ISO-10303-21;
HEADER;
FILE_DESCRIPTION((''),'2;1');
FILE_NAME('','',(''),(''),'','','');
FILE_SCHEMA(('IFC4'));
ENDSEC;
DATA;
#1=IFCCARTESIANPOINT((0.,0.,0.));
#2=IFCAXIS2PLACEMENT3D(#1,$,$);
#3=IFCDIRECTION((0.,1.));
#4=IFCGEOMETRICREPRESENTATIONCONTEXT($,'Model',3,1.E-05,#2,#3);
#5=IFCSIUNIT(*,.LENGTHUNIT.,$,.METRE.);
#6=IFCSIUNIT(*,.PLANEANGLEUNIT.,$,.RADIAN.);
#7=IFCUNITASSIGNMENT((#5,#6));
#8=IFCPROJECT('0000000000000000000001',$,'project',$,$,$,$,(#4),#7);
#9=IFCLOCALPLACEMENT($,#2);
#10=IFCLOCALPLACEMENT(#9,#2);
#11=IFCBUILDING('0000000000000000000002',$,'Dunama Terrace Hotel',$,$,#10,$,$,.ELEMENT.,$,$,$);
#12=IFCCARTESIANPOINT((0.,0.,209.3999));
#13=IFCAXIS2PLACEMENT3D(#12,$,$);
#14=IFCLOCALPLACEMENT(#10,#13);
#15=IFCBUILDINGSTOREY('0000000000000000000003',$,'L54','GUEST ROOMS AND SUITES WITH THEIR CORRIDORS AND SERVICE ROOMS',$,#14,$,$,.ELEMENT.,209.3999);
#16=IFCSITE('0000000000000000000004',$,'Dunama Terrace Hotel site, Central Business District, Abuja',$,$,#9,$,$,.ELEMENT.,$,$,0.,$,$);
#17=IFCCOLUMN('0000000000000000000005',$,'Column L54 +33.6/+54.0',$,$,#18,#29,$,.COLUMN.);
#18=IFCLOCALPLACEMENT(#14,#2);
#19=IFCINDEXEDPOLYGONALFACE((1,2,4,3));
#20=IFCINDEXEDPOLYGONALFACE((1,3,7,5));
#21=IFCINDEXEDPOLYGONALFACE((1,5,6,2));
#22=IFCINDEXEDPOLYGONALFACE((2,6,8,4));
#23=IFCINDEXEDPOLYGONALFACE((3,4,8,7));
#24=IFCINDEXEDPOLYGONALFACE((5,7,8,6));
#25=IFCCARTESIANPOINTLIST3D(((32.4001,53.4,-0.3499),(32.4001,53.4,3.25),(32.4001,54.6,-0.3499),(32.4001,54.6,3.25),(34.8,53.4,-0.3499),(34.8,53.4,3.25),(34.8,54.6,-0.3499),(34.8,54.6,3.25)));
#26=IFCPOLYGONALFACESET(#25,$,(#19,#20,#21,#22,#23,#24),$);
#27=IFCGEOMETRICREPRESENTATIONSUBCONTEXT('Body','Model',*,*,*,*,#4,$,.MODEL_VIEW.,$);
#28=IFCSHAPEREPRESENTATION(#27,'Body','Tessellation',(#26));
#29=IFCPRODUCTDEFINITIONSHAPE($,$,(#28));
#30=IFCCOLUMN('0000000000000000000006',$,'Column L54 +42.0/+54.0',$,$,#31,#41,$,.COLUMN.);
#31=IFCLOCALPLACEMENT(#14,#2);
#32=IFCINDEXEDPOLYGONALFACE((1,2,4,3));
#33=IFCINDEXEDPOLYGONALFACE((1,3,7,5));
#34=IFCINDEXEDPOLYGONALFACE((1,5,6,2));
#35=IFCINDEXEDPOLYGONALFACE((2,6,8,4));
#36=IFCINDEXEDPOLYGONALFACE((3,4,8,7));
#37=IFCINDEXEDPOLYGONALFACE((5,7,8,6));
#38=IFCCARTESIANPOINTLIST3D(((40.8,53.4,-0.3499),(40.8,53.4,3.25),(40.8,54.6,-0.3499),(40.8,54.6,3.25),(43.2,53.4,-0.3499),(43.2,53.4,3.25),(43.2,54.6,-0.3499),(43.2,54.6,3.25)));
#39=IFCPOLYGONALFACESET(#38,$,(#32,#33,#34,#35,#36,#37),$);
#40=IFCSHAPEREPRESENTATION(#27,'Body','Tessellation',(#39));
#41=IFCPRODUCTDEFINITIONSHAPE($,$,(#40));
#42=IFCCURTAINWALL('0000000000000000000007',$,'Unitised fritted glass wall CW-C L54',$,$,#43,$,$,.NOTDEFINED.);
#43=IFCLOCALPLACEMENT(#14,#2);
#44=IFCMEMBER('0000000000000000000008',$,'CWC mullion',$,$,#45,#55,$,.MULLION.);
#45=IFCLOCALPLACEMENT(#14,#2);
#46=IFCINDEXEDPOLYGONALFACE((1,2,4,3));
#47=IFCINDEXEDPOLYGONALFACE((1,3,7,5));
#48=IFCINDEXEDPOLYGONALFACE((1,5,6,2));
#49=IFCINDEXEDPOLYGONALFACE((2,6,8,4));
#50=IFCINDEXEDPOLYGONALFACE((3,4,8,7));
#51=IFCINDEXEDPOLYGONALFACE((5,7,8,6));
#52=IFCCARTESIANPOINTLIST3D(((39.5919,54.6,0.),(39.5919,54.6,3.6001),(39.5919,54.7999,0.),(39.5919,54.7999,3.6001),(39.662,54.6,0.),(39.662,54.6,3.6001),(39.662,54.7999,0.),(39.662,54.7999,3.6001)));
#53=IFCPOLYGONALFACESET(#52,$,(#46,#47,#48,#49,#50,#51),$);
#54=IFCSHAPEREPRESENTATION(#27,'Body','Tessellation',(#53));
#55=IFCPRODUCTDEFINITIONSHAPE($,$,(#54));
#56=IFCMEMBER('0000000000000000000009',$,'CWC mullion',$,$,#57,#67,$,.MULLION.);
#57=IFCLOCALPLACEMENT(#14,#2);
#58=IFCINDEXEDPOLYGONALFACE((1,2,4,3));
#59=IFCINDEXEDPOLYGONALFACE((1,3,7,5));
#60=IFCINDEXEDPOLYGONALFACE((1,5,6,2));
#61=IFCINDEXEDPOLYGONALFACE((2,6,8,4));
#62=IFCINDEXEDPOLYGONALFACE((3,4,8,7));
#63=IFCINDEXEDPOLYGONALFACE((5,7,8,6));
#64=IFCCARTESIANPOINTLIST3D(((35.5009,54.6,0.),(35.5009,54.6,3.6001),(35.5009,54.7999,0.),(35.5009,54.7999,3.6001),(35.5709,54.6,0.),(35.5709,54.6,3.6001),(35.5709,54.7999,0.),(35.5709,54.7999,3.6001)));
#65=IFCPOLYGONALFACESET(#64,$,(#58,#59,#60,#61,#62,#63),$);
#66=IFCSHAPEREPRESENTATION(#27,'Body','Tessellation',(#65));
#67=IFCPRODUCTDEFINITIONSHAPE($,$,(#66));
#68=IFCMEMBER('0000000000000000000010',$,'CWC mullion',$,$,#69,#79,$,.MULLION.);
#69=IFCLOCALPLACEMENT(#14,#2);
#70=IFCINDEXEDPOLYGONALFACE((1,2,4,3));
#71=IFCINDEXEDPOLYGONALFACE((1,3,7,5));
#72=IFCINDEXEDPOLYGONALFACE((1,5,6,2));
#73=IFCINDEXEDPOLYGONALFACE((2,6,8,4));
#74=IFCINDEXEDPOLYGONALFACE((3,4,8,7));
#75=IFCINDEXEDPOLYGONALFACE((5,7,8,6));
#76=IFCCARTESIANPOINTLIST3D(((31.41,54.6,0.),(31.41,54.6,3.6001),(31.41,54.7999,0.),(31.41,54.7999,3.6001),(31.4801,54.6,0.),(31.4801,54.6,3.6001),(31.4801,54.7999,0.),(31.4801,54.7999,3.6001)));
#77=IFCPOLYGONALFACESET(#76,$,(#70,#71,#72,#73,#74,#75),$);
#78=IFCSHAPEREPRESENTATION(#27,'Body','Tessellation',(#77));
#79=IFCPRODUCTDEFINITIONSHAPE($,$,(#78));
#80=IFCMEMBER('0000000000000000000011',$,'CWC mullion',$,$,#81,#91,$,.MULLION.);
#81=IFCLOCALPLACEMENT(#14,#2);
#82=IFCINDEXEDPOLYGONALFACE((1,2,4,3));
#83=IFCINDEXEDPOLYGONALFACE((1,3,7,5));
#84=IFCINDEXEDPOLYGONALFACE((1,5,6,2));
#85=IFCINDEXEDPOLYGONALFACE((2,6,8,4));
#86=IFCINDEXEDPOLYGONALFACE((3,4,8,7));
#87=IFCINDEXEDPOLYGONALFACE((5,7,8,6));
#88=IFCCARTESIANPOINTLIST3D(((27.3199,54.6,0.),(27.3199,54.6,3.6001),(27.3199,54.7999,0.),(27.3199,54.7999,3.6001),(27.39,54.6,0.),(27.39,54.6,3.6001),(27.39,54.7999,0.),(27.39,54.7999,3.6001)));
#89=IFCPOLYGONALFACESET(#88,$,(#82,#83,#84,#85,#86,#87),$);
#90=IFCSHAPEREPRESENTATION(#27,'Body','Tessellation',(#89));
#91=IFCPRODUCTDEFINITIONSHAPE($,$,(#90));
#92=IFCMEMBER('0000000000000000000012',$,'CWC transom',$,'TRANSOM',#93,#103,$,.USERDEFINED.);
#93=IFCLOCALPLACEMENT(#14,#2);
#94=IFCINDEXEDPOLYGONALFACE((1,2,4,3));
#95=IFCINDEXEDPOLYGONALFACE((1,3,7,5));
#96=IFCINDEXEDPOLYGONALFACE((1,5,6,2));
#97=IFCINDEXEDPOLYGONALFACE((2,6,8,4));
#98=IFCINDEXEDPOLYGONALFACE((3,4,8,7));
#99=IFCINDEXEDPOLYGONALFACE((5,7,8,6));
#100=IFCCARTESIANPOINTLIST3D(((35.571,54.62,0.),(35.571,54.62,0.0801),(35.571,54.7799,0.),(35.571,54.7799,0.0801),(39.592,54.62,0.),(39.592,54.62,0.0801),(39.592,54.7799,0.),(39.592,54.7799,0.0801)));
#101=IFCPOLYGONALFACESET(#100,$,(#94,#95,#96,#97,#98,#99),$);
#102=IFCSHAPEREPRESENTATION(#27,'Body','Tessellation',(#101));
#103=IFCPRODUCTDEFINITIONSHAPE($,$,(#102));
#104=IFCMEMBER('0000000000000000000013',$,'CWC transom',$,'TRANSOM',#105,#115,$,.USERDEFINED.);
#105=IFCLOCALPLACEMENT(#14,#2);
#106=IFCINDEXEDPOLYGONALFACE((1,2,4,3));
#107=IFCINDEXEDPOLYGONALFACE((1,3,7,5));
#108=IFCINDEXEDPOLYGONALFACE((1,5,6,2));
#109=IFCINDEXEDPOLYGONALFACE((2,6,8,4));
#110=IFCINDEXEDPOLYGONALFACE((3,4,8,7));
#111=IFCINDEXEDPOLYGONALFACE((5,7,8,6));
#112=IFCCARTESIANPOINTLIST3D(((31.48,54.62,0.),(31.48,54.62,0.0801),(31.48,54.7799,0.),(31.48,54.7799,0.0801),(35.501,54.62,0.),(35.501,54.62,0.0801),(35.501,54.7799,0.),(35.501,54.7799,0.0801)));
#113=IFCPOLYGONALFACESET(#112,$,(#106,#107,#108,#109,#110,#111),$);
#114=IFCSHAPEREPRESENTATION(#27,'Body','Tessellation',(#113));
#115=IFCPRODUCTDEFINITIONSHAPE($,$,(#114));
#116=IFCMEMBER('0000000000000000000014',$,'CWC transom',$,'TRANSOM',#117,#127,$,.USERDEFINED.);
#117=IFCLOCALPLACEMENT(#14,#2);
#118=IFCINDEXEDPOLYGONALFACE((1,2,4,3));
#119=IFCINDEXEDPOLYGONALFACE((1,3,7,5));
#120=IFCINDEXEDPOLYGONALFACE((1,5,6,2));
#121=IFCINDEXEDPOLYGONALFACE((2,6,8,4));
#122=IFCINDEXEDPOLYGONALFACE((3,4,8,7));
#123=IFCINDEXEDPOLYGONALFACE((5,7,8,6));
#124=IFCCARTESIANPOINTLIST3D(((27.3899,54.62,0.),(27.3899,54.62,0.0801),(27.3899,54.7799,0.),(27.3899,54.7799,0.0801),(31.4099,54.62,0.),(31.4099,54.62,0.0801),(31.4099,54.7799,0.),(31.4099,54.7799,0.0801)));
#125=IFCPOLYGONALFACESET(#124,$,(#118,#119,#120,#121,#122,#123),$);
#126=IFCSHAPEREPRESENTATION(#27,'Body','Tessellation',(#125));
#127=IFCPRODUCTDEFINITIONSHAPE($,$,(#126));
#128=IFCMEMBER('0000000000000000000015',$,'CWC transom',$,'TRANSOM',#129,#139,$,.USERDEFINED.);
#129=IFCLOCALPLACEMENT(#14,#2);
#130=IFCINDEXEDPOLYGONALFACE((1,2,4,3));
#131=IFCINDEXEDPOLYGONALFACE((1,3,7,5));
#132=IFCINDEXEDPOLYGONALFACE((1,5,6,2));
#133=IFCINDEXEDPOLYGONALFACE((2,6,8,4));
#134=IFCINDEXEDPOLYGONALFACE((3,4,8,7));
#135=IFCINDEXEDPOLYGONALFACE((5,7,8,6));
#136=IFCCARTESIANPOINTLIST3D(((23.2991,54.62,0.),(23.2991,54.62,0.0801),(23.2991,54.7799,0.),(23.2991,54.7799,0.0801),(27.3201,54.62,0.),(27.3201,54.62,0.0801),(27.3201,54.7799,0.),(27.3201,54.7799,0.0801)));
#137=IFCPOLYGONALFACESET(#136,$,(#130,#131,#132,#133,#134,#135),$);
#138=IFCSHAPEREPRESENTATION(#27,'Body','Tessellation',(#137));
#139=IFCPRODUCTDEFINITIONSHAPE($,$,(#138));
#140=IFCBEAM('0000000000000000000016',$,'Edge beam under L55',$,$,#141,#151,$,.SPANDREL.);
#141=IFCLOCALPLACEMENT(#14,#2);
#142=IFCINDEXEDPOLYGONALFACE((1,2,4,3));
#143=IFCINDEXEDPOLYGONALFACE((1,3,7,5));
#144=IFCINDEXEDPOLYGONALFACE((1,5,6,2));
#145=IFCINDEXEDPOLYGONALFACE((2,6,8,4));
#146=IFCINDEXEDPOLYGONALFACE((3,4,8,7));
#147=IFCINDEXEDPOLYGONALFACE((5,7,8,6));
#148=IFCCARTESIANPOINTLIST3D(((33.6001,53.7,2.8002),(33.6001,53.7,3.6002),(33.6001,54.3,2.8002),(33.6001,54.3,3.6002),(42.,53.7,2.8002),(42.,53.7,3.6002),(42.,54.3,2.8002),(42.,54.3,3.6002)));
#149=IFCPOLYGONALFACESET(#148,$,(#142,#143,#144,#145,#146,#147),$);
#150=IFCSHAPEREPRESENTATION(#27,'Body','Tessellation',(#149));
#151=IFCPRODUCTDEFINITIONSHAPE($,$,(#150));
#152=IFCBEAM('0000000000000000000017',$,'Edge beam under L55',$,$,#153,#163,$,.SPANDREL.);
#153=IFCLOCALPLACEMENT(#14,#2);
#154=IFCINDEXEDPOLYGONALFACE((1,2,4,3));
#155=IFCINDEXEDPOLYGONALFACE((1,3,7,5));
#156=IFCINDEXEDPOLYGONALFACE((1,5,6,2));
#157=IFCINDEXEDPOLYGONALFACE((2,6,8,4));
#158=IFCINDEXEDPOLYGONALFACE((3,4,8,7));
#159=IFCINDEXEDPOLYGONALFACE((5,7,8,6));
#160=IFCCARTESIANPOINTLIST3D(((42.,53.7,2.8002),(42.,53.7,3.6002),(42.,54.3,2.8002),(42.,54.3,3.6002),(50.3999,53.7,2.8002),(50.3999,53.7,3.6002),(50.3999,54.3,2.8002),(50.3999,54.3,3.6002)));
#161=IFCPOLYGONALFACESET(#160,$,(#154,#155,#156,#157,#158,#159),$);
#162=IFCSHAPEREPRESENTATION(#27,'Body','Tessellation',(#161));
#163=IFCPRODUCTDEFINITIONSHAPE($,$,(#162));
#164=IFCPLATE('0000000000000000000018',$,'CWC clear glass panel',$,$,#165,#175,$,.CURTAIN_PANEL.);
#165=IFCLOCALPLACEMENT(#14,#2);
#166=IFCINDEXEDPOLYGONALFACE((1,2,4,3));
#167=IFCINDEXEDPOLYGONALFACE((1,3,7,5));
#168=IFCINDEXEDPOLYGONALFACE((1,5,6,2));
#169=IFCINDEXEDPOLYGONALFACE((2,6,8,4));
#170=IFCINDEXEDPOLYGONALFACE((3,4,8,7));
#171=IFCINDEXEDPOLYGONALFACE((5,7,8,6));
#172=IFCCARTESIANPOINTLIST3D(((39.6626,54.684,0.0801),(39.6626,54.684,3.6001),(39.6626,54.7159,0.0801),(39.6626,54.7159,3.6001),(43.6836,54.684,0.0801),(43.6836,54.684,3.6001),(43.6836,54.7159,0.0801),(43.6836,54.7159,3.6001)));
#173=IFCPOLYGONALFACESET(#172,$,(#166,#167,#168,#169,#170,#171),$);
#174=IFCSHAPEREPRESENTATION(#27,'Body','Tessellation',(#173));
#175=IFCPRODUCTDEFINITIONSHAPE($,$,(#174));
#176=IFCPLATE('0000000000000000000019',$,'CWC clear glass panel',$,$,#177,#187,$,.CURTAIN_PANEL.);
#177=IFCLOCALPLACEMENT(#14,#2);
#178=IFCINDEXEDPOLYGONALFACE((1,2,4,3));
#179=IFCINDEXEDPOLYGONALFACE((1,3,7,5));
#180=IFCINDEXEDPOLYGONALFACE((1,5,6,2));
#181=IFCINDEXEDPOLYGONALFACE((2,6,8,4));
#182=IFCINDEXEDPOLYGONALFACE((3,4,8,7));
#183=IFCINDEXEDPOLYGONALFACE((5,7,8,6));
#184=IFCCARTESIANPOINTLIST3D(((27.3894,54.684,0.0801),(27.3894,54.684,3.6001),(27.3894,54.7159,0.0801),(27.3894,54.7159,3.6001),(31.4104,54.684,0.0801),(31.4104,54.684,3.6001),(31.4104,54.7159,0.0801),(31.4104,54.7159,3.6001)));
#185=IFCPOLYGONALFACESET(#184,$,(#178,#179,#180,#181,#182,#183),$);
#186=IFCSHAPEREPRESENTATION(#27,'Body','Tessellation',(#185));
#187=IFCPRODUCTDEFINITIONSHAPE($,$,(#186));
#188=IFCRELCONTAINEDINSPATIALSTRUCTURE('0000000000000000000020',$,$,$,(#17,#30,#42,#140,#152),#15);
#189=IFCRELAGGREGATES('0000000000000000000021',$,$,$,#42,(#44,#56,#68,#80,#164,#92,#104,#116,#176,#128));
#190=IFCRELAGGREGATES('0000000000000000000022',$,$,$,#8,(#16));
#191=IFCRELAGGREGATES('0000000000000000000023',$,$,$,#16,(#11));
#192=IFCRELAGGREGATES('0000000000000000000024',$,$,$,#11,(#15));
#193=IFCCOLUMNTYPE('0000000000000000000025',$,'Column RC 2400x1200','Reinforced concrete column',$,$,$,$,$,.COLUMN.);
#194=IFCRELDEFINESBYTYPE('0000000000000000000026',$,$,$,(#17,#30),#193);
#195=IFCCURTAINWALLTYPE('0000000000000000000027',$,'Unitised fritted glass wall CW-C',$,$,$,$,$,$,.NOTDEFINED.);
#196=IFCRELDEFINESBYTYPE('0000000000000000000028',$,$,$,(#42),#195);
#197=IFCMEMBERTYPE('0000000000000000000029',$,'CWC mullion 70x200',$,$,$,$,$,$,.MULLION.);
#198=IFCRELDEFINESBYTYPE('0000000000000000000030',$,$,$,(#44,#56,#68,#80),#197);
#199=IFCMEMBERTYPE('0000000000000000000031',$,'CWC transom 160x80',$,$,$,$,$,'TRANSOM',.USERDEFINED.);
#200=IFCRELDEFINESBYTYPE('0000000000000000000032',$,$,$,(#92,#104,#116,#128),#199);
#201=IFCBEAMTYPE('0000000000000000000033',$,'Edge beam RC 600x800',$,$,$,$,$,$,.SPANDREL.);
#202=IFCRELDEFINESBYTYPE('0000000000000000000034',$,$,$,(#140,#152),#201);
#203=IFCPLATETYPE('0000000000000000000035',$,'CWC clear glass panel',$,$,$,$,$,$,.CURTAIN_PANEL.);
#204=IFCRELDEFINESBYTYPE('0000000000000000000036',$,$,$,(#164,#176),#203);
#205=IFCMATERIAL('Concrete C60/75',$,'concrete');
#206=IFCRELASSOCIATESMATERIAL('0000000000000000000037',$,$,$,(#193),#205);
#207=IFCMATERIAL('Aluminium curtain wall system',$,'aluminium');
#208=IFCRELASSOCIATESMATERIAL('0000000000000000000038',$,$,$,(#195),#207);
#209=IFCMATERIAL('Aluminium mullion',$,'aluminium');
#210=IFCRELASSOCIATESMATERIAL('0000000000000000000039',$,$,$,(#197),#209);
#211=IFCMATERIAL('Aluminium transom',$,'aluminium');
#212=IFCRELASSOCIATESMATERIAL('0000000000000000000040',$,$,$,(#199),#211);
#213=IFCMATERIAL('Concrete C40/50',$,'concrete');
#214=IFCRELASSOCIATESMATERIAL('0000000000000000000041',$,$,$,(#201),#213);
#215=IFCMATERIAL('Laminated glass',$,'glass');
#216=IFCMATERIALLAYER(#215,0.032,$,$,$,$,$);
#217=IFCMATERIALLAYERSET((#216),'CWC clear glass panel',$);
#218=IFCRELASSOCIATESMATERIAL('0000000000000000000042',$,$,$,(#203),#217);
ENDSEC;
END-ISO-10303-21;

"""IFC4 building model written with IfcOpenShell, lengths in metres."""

from ifc_helpers import new_model, si_unit, direction, frame, origin, origin_2d, place, context, subcontext, project, spatial, rectangle, extrude, material, layer, layer_set, material_profile, profile_set, type_object, element, aggregate, save


model = new_model("IFC4")

# Units and contexts
model_context = context("Model", 3, precision=1e-05, world=origin(), true_north=direction((0.0, 1.0)))
body_context = subcontext(model_context, "Body", "Model", "MODEL_VIEW")
ifc_project = project(units=[si_unit("LENGTHUNIT", "METRE"), si_unit("PLANEANGLEUNIT", "RADIAN")], contexts=[model_context])

# Site, building, storey
site_placement = place(None, origin())
site = spatial("IfcSite", under=ifc_project, at=site_placement, Name="Dunama Terrace Hotel site, Central Business District, Abuja", CompositionType="ELEMENT", RefElevation=0.0)
building_placement = place(site_placement, origin())
building = spatial("IfcBuilding", under=site, at=building_placement, Name="Dunama Terrace Hotel", CompositionType="ELEMENT")
storey_placement = place(building_placement, frame((0.0, 0.0, 209.3999)))
storey = spatial("IfcBuildingStorey", under=building, at=storey_placement, Name="L54", Description="GUEST ROOMS AND SUITES WITH THEIR CORRIDORS AND SERVICE ROOMS", CompositionType="ELEMENT", Elevation=209.3999)

# Columns
ifc_material_1 = material(Name="Concrete C60/75", Category="concrete")
ifc_material_profile_1 = material_profile(ifc_material_1, rectangle(XDim=2.3999, YDim=1.2, at=origin_2d()), Name="RC 2400x1200")
ifc_profile_set_1 = profile_set([ifc_material_profile_1], Name="Concrete C60/75")
column_type = type_object("IfcColumnType", Name="Column RC 2400x1200", Description="Reinforced concrete column", PredefinedType="COLUMN", material=ifc_profile_set_1)
for number, where, z_axis, x_axis, name in (
    (1, (33.6001, 54.0, -0.3499), (0.0, 0.0, 1.0), (1.0, 0.0, 0.0), "Column L54 +33.6/+54.0"),
    (2, (42.0, 54.0, -0.3499), (0.0, 0.0, 1.0), (1.0, 0.0, 0.0), "Column L54 +42.0/+54.0"),
):
    element("IfcColumn", number, at=place(storey_placement, frame(where, z_axis=z_axis, x_axis=x_axis)), inside=storey, type_object=column_type, Name=name, PredefinedType="COLUMN", context=body_context, shape_type="SweptSolid", body=[
        extrude(rectangle(XDim=2.3999, YDim=1.2, at=origin_2d()), origin(), (0.0, 0.0, 1.0), 3.5999),
    ])

# Curtain wall, members
ifc_material_2 = material(Name="Aluminium curtain wall system", Category="aluminium")
curtain_wall_type = type_object("IfcCurtainWallType", Name="Unitised fritted glass wall CW-C", PredefinedType="NOTDEFINED", material=ifc_material_2)
curtain_wall_placement = place(storey_placement, origin())
curtain_wall = element("IfcCurtainWall", 3, at=curtain_wall_placement, inside=storey, type_object=curtain_wall_type, Name="Unitised fritted glass wall CW-C L54", PredefinedType="NOTDEFINED")
ifc_material_3 = material(Name="Aluminium mullion", Category="aluminium")
ifc_material_profile_2 = material_profile(ifc_material_3, rectangle(XDim=0.0701, YDim=0.2, at=origin_2d()), Name="CWC MULLION 70X200")
ifc_profile_set_2 = profile_set([ifc_material_profile_2], Name="Aluminium mullion")
member_type_1 = type_object("IfcMemberType", Name="CWC mullion 70x200", PredefinedType="MULLION", material=ifc_profile_set_2)
member_1_placement = place(storey_placement, frame((39.627, 54.7, 0.0), z_axis=(0.0, 0.0, 1.0), x_axis=(-1.0, 0.0, 0.0)))
member_1 = element("IfcMember", 4, at=member_1_placement, type_object=member_type_1, Name="CWC mullion", PredefinedType="MULLION", context=body_context, shape_type="SweptSolid", body=[
    extrude(rectangle(XDim=0.0701, YDim=0.2, at=origin_2d()), origin(), (0.0, 0.0, 1.0), 3.6001),
])
member_2_placement = place(storey_placement, frame((35.5359, 54.7, 0.0), z_axis=(0.0, 0.0, 1.0), x_axis=(-1.0, 0.0, 0.0)))
member_2 = element("IfcMember", 5, at=member_2_placement, type_object=member_type_1, Name="CWC mullion", PredefinedType="MULLION", context=body_context, shape_type="SweptSolid", body=[
    extrude(rectangle(XDim=0.0701, YDim=0.2, at=origin_2d()), origin(), (0.0, 0.0, 1.0), 3.6001),
])
member_3_placement = place(storey_placement, frame((31.4451, 54.7, 0.0), z_axis=(0.0, 0.0, 1.0), x_axis=(-1.0, 0.0, 0.0)))
member_3 = element("IfcMember", 6, at=member_3_placement, type_object=member_type_1, Name="CWC mullion", PredefinedType="MULLION", context=body_context, shape_type="SweptSolid", body=[
    extrude(rectangle(XDim=0.0701, YDim=0.2, at=origin_2d()), origin(), (0.0, 0.0, 1.0), 3.6001),
])
member_4_placement = place(storey_placement, frame((27.355, 54.7, 0.0), z_axis=(0.0, 0.0, 1.0), x_axis=(-1.0, 0.0, 0.0)))
member_4 = element("IfcMember", 7, at=member_4_placement, type_object=member_type_1, Name="CWC mullion", PredefinedType="MULLION", context=body_context, shape_type="SweptSolid", body=[
    extrude(rectangle(XDim=0.0701, YDim=0.2, at=origin_2d()), origin(), (0.0, 0.0, 1.0), 3.6001),
])
ifc_material_4 = material(Name="Aluminium transom", Category="aluminium")
ifc_material_profile_3 = material_profile(ifc_material_4, rectangle(XDim=0.1599, YDim=0.0801, at=origin_2d()), Name="CWC TRANSOM 160X80")
ifc_profile_set_3 = profile_set([ifc_material_profile_3], Name="Aluminium transom")
member_type_2 = type_object("IfcMemberType", Name="CWC transom 160x80", ElementType="TRANSOM", PredefinedType="USERDEFINED", material=ifc_profile_set_3)
member_5_placement = place(storey_placement, frame((39.592, 54.7, 0.04), z_axis=(-1.0, 0.0, 0.0), x_axis=(0.0, -1.0, 0.0)))
member_5 = element("IfcMember", 8, at=member_5_placement, type_object=member_type_2, Name="CWC transom", ObjectType="TRANSOM", PredefinedType="USERDEFINED", context=body_context, shape_type="SweptSolid", body=[
    extrude(rectangle(XDim=0.1599, YDim=0.0801, at=origin_2d()), origin(), (0.0, 0.0, 1.0), 4.021),
])
member_6_placement = place(storey_placement, frame((35.501, 54.7, 0.04), z_axis=(-1.0, 0.0, 0.0), x_axis=(0.0, -1.0, 0.0)))
member_6 = element("IfcMember", 9, at=member_6_placement, type_object=member_type_2, Name="CWC transom", ObjectType="TRANSOM", PredefinedType="USERDEFINED", context=body_context, shape_type="SweptSolid", body=[
    extrude(rectangle(XDim=0.1599, YDim=0.0801, at=origin_2d()), origin(), (0.0, 0.0, 1.0), 4.021),
])
member_7_placement = place(storey_placement, frame((31.4099, 54.7, 0.04), z_axis=(-1.0, 0.0, 0.0), x_axis=(0.0, -1.0, 0.0)))
member_7 = element("IfcMember", 10, at=member_7_placement, type_object=member_type_2, Name="CWC transom", ObjectType="TRANSOM", PredefinedType="USERDEFINED", context=body_context, shape_type="SweptSolid", body=[
    extrude(rectangle(XDim=0.1599, YDim=0.0801, at=origin_2d()), origin(), (0.0, 0.0, 1.0), 4.02),
])
member_8_placement = place(storey_placement, frame((27.3201, 54.7, 0.04), z_axis=(-1.0, 0.0, 0.0), x_axis=(0.0, -1.0, 0.0)))
member_8 = element("IfcMember", 11, at=member_8_placement, type_object=member_type_2, Name="CWC transom", ObjectType="TRANSOM", PredefinedType="USERDEFINED", context=body_context, shape_type="SweptSolid", body=[
    extrude(rectangle(XDim=0.1599, YDim=0.0801, at=origin_2d()), origin(), (0.0, 0.0, 1.0), 4.021),
])

# Beams
ifc_material_5 = material(Name="Concrete C40/50", Category="concrete")
ifc_material_profile_4 = material_profile(ifc_material_5, rectangle(XDim=0.6001, YDim=0.8, at=origin_2d()), Name="RC 600x800")
ifc_profile_set_4 = profile_set([ifc_material_profile_4], Name="Concrete C40/50")
beam_type = type_object("IfcBeamType", Name="Edge beam RC 600x800", PredefinedType="SPANDREL", material=ifc_profile_set_4)
for number, where, z_axis, x_axis, name in (
    (12, (33.6001, 54.0, 3.2002), (1.0, 0.0, 0.0), (0.0, 1.0, 0.0), "Edge beam under L55"),
    (13, (42.0, 54.0, 3.2002), (1.0, 0.0, 0.0), (0.0, 1.0, 0.0), "Edge beam under L55"),
):
    element("IfcBeam", number, at=place(storey_placement, frame(where, z_axis=z_axis, x_axis=x_axis)), inside=storey, type_object=beam_type, Name=name, PredefinedType="SPANDREL", context=body_context, shape_type="SweptSolid", body=[
        extrude(rectangle(XDim=0.6001, YDim=0.8, at=origin_2d()), origin(), (0.0, 0.0, 1.0), 8.3999),
    ])

# Plates
ifc_material_6 = material(Name="Laminated glass", Category="glass")
ifc_layer_1 = layer(ifc_material_6, 0.032)
ifc_layer_set_1 = layer_set([ifc_layer_1], Name="CWC clear glass panel")
plate_type_1 = type_object("IfcPlateType", Name="CWC clear glass panel", PredefinedType="CURTAIN_PANEL", material=ifc_layer_set_1)
plate_1_placement = place(storey_placement, frame((41.6731, 54.7, 0.0801), z_axis=(0.0, 0.0, 1.0), x_axis=(-1.0, 0.0, 0.0)))
plate_1 = element("IfcPlate", 14, at=plate_1_placement, type_object=plate_type_1, Name="CWC clear glass panel", PredefinedType="CURTAIN_PANEL", context=body_context, shape_type="SweptSolid", body=[
    extrude(rectangle(XDim=4.021, YDim=0.032, at=origin_2d()), origin(), (0.0, 0.0, 1.0), 3.52),
])
plate_2_placement = place(storey_placement, frame((29.3999, 54.7, 0.0801), z_axis=(0.0, 0.0, 1.0), x_axis=(-1.0, 0.0, 0.0)))
plate_2 = element("IfcPlate", 15, at=plate_2_placement, type_object=plate_type_1, Name="CWC clear glass panel", PredefinedType="CURTAIN_PANEL", context=body_context, shape_type="SweptSolid", body=[
    extrude(rectangle(XDim=4.021, YDim=0.032, at=origin_2d()), origin(), (0.0, 0.0, 1.0), 3.52),
])
aggregate(curtain_wall, [member_1, member_2, member_3, member_4, plate_1, member_5, member_6, member_7, plate_2, member_8])

save(model, "model.ifc")
